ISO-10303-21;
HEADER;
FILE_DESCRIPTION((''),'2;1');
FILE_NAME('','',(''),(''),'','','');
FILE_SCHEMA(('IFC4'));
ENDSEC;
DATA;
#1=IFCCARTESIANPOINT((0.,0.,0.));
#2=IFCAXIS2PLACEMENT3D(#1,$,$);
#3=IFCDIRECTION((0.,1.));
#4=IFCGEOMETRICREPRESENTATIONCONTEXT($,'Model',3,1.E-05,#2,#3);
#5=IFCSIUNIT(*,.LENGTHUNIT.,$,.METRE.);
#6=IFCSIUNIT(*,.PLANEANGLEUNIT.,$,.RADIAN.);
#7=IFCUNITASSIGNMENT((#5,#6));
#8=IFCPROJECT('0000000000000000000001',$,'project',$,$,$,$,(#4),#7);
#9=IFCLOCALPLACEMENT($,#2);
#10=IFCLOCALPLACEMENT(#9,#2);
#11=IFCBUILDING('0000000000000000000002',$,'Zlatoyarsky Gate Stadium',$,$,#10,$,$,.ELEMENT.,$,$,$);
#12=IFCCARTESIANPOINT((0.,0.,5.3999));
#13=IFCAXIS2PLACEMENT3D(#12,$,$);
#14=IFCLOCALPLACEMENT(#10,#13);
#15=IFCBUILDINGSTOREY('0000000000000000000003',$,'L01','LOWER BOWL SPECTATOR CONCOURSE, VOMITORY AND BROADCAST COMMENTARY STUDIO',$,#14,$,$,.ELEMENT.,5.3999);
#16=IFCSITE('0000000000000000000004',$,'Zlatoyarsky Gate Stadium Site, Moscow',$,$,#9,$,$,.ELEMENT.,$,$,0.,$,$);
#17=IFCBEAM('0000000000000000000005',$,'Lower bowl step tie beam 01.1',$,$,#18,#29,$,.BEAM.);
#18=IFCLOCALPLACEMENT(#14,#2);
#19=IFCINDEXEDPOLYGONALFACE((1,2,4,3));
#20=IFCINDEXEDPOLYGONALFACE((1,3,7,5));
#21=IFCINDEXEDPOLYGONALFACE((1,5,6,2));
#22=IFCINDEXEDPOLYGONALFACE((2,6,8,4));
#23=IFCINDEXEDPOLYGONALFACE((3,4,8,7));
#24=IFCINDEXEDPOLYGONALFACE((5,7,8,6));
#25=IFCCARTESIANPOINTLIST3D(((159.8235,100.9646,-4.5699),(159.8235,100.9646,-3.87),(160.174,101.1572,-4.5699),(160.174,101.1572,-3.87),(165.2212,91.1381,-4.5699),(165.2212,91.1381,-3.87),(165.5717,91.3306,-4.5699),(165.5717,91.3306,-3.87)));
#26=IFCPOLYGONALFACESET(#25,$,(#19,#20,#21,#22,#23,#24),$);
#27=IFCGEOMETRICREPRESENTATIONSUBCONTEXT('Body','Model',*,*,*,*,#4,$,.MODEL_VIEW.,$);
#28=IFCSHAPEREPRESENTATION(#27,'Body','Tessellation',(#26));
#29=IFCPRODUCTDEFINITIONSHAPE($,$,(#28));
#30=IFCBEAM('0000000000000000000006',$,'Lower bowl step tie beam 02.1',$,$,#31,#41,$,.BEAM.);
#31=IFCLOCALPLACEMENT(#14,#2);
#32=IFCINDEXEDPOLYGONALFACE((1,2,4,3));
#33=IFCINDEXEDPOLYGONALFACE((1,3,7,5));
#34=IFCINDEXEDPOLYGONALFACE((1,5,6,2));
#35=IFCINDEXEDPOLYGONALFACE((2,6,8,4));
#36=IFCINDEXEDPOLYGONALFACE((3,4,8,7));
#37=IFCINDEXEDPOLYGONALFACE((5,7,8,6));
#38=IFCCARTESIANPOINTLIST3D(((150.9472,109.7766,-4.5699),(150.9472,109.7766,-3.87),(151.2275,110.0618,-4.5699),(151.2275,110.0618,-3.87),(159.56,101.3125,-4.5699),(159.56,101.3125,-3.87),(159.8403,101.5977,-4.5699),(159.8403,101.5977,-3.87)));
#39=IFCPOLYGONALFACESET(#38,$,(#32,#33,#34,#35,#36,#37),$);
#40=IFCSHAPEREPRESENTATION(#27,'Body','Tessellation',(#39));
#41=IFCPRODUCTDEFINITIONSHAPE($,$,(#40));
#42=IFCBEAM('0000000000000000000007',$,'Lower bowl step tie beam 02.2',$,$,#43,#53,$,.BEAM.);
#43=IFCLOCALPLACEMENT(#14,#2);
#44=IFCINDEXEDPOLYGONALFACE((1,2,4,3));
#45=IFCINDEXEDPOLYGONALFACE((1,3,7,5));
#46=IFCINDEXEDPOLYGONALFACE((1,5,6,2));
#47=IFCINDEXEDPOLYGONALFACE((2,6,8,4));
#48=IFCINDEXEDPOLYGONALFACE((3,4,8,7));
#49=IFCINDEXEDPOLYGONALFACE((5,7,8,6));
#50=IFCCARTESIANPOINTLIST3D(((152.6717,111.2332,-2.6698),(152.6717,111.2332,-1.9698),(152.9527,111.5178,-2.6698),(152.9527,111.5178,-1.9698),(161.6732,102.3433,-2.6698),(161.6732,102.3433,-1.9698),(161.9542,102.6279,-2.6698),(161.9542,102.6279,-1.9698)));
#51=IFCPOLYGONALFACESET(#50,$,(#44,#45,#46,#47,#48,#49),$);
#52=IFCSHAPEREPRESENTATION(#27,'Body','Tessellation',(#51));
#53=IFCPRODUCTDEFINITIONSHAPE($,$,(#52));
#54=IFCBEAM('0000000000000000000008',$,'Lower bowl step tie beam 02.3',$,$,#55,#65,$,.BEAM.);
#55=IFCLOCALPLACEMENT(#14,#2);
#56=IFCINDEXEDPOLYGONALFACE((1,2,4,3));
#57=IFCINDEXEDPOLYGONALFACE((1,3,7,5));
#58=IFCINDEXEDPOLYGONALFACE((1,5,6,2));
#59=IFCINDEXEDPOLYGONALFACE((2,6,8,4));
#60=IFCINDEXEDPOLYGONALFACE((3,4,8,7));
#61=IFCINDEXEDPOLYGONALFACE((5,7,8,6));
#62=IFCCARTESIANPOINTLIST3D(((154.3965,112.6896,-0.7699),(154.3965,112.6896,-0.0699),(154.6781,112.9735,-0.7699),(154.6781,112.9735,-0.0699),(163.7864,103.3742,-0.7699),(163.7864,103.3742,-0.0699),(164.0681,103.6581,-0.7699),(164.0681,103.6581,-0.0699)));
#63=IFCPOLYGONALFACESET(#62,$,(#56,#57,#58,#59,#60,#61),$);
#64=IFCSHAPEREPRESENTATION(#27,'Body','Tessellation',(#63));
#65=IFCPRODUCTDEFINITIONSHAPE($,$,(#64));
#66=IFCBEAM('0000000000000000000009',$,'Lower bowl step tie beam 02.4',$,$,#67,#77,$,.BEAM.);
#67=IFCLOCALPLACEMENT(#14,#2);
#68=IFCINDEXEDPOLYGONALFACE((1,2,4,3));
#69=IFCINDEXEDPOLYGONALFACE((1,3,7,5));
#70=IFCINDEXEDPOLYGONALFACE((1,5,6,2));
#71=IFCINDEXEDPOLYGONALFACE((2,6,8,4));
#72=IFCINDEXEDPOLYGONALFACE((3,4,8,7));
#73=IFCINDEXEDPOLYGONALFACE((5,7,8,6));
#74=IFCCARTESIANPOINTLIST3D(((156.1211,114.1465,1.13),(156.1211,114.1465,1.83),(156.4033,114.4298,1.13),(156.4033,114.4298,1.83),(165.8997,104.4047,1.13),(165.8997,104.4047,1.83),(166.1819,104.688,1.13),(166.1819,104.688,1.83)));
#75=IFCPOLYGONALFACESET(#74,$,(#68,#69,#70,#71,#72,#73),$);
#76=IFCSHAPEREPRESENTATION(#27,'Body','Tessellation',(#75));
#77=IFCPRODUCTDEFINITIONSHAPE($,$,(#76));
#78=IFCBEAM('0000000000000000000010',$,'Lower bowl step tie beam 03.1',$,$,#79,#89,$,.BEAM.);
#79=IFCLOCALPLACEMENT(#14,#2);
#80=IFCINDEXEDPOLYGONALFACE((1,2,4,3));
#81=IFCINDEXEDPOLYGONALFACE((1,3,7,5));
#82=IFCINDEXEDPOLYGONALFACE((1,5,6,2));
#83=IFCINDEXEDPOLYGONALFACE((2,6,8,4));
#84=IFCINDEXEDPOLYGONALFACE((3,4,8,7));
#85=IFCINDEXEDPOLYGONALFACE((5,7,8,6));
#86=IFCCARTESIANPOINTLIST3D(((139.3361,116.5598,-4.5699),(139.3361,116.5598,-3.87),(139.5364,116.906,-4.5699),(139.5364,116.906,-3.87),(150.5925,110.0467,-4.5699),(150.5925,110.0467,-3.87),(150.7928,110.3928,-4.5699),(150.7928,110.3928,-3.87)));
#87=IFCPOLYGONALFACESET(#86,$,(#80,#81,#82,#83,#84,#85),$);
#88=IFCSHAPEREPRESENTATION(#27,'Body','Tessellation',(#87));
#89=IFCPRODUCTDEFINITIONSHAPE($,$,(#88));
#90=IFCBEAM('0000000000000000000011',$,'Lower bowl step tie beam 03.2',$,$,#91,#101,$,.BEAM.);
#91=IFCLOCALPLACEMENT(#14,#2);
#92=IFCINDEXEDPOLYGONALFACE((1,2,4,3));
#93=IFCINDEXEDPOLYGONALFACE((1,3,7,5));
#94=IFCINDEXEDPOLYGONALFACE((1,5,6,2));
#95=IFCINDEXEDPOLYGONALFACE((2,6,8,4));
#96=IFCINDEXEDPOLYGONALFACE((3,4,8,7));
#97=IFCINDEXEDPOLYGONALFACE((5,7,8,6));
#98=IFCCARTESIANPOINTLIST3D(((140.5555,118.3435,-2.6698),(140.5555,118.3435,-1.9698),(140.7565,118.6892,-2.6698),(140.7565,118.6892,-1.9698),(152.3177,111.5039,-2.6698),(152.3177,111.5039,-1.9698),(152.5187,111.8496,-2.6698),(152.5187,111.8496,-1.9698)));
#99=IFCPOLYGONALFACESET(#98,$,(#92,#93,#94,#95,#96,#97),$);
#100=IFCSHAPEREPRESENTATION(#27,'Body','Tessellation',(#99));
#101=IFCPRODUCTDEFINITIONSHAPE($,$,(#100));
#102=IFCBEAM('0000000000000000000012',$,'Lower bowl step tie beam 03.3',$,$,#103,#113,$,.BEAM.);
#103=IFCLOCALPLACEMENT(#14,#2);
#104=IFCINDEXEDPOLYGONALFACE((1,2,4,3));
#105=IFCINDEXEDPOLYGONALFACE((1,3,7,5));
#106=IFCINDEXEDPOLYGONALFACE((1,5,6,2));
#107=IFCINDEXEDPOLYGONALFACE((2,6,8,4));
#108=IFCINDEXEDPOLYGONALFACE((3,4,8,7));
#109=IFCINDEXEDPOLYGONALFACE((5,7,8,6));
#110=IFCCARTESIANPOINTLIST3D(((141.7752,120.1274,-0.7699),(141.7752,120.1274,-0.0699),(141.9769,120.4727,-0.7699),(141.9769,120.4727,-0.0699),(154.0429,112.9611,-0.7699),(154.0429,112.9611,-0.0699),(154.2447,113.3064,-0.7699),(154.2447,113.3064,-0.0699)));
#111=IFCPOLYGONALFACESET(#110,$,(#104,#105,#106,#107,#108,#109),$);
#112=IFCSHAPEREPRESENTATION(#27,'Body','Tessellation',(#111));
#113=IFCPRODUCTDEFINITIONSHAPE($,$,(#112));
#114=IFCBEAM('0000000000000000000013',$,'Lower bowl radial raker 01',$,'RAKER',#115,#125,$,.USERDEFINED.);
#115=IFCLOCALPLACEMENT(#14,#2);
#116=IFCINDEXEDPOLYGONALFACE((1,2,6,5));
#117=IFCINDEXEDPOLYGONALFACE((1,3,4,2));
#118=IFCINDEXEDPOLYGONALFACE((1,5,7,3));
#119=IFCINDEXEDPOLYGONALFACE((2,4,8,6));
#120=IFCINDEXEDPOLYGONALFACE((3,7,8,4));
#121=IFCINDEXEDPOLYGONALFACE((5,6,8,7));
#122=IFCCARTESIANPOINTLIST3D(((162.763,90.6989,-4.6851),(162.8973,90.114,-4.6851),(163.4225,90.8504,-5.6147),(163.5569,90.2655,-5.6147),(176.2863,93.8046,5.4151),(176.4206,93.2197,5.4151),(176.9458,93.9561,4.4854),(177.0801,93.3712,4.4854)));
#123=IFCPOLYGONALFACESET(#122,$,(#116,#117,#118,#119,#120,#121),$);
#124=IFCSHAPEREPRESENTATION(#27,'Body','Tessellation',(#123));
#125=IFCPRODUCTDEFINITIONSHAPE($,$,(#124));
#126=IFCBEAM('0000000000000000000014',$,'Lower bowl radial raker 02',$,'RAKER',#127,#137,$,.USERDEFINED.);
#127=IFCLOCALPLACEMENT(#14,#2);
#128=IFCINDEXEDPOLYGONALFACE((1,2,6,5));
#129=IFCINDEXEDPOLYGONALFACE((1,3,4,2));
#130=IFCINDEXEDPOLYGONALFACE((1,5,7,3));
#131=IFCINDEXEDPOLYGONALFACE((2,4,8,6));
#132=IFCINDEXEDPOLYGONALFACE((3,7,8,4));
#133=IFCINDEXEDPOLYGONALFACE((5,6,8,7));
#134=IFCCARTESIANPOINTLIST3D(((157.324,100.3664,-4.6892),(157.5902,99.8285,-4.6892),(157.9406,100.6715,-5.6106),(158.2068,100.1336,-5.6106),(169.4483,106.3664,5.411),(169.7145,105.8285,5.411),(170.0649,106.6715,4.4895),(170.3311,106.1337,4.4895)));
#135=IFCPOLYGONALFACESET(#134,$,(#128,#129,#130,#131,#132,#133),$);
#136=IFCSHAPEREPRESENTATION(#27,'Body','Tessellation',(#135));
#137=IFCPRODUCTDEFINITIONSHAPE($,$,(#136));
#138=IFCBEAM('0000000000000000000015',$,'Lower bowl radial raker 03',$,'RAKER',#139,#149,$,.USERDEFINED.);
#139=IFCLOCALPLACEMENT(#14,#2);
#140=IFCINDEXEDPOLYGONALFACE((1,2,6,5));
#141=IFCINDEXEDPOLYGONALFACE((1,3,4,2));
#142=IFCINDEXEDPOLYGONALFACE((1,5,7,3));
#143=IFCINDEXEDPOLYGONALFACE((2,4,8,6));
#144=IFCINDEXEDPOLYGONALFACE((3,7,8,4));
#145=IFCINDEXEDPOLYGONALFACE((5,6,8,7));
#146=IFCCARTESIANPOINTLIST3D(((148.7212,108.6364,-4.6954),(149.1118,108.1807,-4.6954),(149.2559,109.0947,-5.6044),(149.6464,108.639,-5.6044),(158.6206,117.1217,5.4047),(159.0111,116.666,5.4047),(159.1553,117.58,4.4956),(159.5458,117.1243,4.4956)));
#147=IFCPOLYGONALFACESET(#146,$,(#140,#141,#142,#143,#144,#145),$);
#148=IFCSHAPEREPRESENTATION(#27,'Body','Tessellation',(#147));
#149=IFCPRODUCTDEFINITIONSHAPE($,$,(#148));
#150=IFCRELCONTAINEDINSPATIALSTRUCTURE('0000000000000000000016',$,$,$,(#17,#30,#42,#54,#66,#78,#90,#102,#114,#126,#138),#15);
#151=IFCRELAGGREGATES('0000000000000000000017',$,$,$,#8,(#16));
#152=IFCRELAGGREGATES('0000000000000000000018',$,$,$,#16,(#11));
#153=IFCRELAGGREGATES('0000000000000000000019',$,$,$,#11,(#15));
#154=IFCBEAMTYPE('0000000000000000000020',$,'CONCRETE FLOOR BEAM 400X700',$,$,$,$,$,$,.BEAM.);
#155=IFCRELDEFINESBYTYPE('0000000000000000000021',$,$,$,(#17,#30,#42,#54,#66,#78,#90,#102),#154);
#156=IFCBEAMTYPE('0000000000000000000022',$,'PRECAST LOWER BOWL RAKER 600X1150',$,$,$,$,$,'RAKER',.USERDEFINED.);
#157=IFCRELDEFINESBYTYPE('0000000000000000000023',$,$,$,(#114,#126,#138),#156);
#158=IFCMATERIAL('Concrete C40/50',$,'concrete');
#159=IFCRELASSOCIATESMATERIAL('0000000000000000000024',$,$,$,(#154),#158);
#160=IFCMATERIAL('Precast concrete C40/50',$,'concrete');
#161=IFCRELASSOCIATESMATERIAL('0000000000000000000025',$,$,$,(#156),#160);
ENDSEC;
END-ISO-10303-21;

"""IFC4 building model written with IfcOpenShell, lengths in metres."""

from ifc_helpers import new_model, si_unit, direction, frame, origin, origin_2d, place, context, subcontext, project, spatial, rectangle, extrude, material, material_profile, profile_set, type_object, element, save


model = new_model("IFC4")

# Units and contexts
model_context = context("Model", 3, precision=1e-05, world=origin(), true_north=direction((0.0, 1.0)))
body_context = subcontext(model_context, "Body", "Model", "MODEL_VIEW")
ifc_project = project(units=[si_unit("LENGTHUNIT", "METRE"), si_unit("PLANEANGLEUNIT", "RADIAN")], contexts=[model_context])

# Site, building, storey
site_placement = place(None, origin())
site = spatial("IfcSite", under=ifc_project, at=site_placement, Name="Zlatoyarsky Gate Stadium Site, Moscow", CompositionType="ELEMENT", RefElevation=0.0)
building_placement = place(site_placement, origin())
building = spatial("IfcBuilding", under=site, at=building_placement, Name="Zlatoyarsky Gate Stadium", CompositionType="ELEMENT")
storey_placement = place(building_placement, frame((0.0, 0.0, 5.3999)))
storey = spatial("IfcBuildingStorey", under=building, at=storey_placement, Name="L01", Description="LOWER BOWL SPECTATOR CONCOURSE, VOMITORY AND BROADCAST COMMENTARY STUDIO", CompositionType="ELEMENT", Elevation=5.3999)

# Beams
ifc_material_1 = material(Name="Concrete C40/50", Category="concrete")
ifc_material_profile_1 = material_profile(ifc_material_1, rectangle(XDim=0.3999, YDim=0.7, at=origin_2d()), Name="RC BEAM 400X700")
ifc_profile_set_1 = profile_set([ifc_material_profile_1], Name="Concrete C40/50")
beam_type_1 = type_object("IfcBeamType", Name="CONCRETE FLOOR BEAM 400X700", PredefinedType="BEAM", material=ifc_profile_set_1)
beam_1_placement = place(storey_placement, frame((165.3965, 91.2344, -4.22), z_axis=(-0.481451, 0.876473, 0.0), x_axis=(-0.876473, -0.481451, 0.0)))
element("IfcBeam", 1, at=beam_1_placement, inside=storey, type_object=beam_type_1, Name="Lower bowl step tie beam 01.1", PredefinedType="BEAM", context=body_context, shape_type="SweptSolid", body=[
    extrude(rectangle(XDim=0.3999, YDim=0.7, at=origin_2d()), origin(), (0.0, 0.0, 1.0), 11.2114),
])
beam_2_placement = place(storey_placement, frame((159.7002, 101.4551, -4.22), z_axis=(-0.713236, 0.700924, 0.0), x_axis=(-0.700924, -0.713236, 0.0)))
element("IfcBeam", 2, at=beam_2_placement, inside=storey, type_object=beam_type_1, Name="Lower bowl step tie beam 02.1", PredefinedType="BEAM", context=body_context, shape_type="SweptSolid", body=[
    extrude(rectangle(XDim=0.3999, YDim=0.7, at=origin_2d()), origin(), (0.0, 0.0, 1.0), 12.0757),
])
beam_3_placement = place(storey_placement, frame((161.8137, 102.4856, -2.3198), z_axis=(-0.711503, 0.702684, 0.0), x_axis=(-0.702684, -0.711503, 0.0)))
element("IfcBeam", 3, at=beam_3_placement, inside=storey, type_object=beam_type_1, Name="Lower bowl step tie beam 02.2", PredefinedType="BEAM", context=body_context, shape_type="SweptSolid", body=[
    extrude(rectangle(XDim=0.3999, YDim=0.7, at=origin_2d()), origin(), (0.0, 0.0, 1.0), 12.6514),
])
beam_4_placement = place(storey_placement, frame((163.9272, 103.5161, -0.4199), z_axis=(-0.709916, 0.704286, 0.0), x_axis=(-0.704286, -0.709916, 0.0)))
element("IfcBeam", 4, at=beam_4_placement, inside=storey, type_object=beam_type_1, Name="Lower bowl step tie beam 02.3", PredefinedType="BEAM", context=body_context, shape_type="SweptSolid", body=[
    extrude(rectangle(XDim=0.3999, YDim=0.7, at=origin_2d()), origin(), (0.0, 0.0, 1.0), 13.2268),
])
beam_5_placement = place(storey_placement, frame((166.0408, 104.5464, 1.48), z_axis=(-0.708441, 0.70577, 0.0), x_axis=(-0.70577, -0.708441, 0.0)))
element("IfcBeam", 5, at=beam_5_placement, inside=storey, type_object=beam_type_1, Name="Lower bowl step tie beam 02.4", PredefinedType="BEAM", context=body_context, shape_type="SweptSolid", body=[
    extrude(rectangle(XDim=0.3999, YDim=0.7, at=origin_2d()), origin(), (0.0, 0.0, 1.0), 13.803),
])
beam_6_placement = place(storey_placement, frame((150.6926, 110.2197, -4.22), z_axis=(-0.865548, 0.500826, 0.0), x_axis=(-0.500826, -0.865548, 0.0)))
element("IfcBeam", 6, at=beam_6_placement, inside=storey, type_object=beam_type_1, Name="Lower bowl step tie beam 03.1", PredefinedType="BEAM", context=body_context, shape_type="SweptSolid", body=[
    extrude(rectangle(XDim=0.3999, YDim=0.7, at=origin_2d()), origin(), (0.0, 0.0, 1.0), 13.0049),
])
beam_7_placement = place(storey_placement, frame((152.4182, 111.6768, -2.3198), z_axis=(-0.864472, 0.502681, 0.0), x_axis=(-0.502681, -0.864472, 0.0)))
element("IfcBeam", 7, at=beam_7_placement, inside=storey, type_object=beam_type_1, Name="Lower bowl step tie beam 03.2", PredefinedType="BEAM", context=body_context, shape_type="SweptSolid", body=[
    extrude(rectangle(XDim=0.3999, YDim=0.7, at=origin_2d()), origin(), (0.0, 0.0, 1.0), 13.6062),
])
beam_8_placement = place(storey_placement, frame((154.1438, 113.1338, -0.4199), z_axis=(-0.863471, 0.504398, 0.0), x_axis=(-0.504398, -0.863471, 0.0)))
element("IfcBeam", 8, at=beam_8_placement, inside=storey, type_object=beam_type_1, Name="Lower bowl step tie beam 03.3", PredefinedType="BEAM", context=body_context, shape_type="SweptSolid", body=[
    extrude(rectangle(XDim=0.3999, YDim=0.7, at=origin_2d()), origin(), (0.0, 0.0, 1.0), 14.2075),
])
ifc_material_2 = material(Name="Precast concrete C40/50", Category="concrete")
ifc_material_profile_2 = material_profile(ifc_material_2, rectangle(XDim=0.6001, YDim=1.1499, at=origin_2d()), Name="PC RAKER 600X1150")
ifc_profile_set_2 = profile_set([ifc_material_profile_2], Name="Precast concrete C40/50")
beam_type_2 = type_object("IfcBeamType", Name="PRECAST LOWER BOWL RAKER 600X1150", ElementType="RAKER", PredefinedType="USERDEFINED", material=ifc_profile_set_2)
beam_9_placement = place(storey_placement, frame((163.1599, 90.4822, -5.1499), z_axis=(0.787973, 0.180965, 0.588515), x_axis=(-0.223831, 0.974628, 0.0)))
element("IfcBeam", 9, at=beam_9_placement, inside=storey, type_object=beam_type_2, Name="Lower bowl radial raker 01", ObjectType="RAKER", PredefinedType="USERDEFINED", context=body_context, shape_type="SweptSolid", body=[
    extrude(rectangle(XDim=0.6001, YDim=1.1499, at=origin_2d()), origin(), (0.0, 0.0, 1.0), 17.1621),
])
beam_10_placement = place(storey_placement, frame((157.7654, 100.25, -5.1499), z_axis=(0.718167, 0.355403, 0.598268), x_axis=(-0.443535, 0.896257, 0.0)))
element("IfcBeam", 10, at=beam_10_placement, inside=storey, type_object=beam_type_2, Name="Lower bowl radial raker 02", ObjectType="RAKER", PredefinedType="USERDEFINED", context=body_context, shape_type="SweptSolid", body=[
    extrude(rectangle(XDim=0.6001, YDim=1.1499, at=origin_2d()), origin(), (0.0, 0.0, 1.0), 16.8823),
])
beam_11_placement = place(storey_placement, frame((149.1838, 108.6377, -5.1499), z_axis=(0.600227, 0.514489, 0.612395), x_axis=(-0.650798, 0.759251, 0.0)))
element("IfcBeam", 11, at=beam_11_placement, inside=storey, type_object=beam_type_2, Name="Lower bowl radial raker 03", ObjectType="RAKER", PredefinedType="USERDEFINED", context=body_context, shape_type="SweptSolid", body=[
    extrude(rectangle(XDim=0.6001, YDim=1.1499, at=origin_2d()), origin(), (0.0, 0.0, 1.0), 16.4927),
])

save(model, "model.ifc")
